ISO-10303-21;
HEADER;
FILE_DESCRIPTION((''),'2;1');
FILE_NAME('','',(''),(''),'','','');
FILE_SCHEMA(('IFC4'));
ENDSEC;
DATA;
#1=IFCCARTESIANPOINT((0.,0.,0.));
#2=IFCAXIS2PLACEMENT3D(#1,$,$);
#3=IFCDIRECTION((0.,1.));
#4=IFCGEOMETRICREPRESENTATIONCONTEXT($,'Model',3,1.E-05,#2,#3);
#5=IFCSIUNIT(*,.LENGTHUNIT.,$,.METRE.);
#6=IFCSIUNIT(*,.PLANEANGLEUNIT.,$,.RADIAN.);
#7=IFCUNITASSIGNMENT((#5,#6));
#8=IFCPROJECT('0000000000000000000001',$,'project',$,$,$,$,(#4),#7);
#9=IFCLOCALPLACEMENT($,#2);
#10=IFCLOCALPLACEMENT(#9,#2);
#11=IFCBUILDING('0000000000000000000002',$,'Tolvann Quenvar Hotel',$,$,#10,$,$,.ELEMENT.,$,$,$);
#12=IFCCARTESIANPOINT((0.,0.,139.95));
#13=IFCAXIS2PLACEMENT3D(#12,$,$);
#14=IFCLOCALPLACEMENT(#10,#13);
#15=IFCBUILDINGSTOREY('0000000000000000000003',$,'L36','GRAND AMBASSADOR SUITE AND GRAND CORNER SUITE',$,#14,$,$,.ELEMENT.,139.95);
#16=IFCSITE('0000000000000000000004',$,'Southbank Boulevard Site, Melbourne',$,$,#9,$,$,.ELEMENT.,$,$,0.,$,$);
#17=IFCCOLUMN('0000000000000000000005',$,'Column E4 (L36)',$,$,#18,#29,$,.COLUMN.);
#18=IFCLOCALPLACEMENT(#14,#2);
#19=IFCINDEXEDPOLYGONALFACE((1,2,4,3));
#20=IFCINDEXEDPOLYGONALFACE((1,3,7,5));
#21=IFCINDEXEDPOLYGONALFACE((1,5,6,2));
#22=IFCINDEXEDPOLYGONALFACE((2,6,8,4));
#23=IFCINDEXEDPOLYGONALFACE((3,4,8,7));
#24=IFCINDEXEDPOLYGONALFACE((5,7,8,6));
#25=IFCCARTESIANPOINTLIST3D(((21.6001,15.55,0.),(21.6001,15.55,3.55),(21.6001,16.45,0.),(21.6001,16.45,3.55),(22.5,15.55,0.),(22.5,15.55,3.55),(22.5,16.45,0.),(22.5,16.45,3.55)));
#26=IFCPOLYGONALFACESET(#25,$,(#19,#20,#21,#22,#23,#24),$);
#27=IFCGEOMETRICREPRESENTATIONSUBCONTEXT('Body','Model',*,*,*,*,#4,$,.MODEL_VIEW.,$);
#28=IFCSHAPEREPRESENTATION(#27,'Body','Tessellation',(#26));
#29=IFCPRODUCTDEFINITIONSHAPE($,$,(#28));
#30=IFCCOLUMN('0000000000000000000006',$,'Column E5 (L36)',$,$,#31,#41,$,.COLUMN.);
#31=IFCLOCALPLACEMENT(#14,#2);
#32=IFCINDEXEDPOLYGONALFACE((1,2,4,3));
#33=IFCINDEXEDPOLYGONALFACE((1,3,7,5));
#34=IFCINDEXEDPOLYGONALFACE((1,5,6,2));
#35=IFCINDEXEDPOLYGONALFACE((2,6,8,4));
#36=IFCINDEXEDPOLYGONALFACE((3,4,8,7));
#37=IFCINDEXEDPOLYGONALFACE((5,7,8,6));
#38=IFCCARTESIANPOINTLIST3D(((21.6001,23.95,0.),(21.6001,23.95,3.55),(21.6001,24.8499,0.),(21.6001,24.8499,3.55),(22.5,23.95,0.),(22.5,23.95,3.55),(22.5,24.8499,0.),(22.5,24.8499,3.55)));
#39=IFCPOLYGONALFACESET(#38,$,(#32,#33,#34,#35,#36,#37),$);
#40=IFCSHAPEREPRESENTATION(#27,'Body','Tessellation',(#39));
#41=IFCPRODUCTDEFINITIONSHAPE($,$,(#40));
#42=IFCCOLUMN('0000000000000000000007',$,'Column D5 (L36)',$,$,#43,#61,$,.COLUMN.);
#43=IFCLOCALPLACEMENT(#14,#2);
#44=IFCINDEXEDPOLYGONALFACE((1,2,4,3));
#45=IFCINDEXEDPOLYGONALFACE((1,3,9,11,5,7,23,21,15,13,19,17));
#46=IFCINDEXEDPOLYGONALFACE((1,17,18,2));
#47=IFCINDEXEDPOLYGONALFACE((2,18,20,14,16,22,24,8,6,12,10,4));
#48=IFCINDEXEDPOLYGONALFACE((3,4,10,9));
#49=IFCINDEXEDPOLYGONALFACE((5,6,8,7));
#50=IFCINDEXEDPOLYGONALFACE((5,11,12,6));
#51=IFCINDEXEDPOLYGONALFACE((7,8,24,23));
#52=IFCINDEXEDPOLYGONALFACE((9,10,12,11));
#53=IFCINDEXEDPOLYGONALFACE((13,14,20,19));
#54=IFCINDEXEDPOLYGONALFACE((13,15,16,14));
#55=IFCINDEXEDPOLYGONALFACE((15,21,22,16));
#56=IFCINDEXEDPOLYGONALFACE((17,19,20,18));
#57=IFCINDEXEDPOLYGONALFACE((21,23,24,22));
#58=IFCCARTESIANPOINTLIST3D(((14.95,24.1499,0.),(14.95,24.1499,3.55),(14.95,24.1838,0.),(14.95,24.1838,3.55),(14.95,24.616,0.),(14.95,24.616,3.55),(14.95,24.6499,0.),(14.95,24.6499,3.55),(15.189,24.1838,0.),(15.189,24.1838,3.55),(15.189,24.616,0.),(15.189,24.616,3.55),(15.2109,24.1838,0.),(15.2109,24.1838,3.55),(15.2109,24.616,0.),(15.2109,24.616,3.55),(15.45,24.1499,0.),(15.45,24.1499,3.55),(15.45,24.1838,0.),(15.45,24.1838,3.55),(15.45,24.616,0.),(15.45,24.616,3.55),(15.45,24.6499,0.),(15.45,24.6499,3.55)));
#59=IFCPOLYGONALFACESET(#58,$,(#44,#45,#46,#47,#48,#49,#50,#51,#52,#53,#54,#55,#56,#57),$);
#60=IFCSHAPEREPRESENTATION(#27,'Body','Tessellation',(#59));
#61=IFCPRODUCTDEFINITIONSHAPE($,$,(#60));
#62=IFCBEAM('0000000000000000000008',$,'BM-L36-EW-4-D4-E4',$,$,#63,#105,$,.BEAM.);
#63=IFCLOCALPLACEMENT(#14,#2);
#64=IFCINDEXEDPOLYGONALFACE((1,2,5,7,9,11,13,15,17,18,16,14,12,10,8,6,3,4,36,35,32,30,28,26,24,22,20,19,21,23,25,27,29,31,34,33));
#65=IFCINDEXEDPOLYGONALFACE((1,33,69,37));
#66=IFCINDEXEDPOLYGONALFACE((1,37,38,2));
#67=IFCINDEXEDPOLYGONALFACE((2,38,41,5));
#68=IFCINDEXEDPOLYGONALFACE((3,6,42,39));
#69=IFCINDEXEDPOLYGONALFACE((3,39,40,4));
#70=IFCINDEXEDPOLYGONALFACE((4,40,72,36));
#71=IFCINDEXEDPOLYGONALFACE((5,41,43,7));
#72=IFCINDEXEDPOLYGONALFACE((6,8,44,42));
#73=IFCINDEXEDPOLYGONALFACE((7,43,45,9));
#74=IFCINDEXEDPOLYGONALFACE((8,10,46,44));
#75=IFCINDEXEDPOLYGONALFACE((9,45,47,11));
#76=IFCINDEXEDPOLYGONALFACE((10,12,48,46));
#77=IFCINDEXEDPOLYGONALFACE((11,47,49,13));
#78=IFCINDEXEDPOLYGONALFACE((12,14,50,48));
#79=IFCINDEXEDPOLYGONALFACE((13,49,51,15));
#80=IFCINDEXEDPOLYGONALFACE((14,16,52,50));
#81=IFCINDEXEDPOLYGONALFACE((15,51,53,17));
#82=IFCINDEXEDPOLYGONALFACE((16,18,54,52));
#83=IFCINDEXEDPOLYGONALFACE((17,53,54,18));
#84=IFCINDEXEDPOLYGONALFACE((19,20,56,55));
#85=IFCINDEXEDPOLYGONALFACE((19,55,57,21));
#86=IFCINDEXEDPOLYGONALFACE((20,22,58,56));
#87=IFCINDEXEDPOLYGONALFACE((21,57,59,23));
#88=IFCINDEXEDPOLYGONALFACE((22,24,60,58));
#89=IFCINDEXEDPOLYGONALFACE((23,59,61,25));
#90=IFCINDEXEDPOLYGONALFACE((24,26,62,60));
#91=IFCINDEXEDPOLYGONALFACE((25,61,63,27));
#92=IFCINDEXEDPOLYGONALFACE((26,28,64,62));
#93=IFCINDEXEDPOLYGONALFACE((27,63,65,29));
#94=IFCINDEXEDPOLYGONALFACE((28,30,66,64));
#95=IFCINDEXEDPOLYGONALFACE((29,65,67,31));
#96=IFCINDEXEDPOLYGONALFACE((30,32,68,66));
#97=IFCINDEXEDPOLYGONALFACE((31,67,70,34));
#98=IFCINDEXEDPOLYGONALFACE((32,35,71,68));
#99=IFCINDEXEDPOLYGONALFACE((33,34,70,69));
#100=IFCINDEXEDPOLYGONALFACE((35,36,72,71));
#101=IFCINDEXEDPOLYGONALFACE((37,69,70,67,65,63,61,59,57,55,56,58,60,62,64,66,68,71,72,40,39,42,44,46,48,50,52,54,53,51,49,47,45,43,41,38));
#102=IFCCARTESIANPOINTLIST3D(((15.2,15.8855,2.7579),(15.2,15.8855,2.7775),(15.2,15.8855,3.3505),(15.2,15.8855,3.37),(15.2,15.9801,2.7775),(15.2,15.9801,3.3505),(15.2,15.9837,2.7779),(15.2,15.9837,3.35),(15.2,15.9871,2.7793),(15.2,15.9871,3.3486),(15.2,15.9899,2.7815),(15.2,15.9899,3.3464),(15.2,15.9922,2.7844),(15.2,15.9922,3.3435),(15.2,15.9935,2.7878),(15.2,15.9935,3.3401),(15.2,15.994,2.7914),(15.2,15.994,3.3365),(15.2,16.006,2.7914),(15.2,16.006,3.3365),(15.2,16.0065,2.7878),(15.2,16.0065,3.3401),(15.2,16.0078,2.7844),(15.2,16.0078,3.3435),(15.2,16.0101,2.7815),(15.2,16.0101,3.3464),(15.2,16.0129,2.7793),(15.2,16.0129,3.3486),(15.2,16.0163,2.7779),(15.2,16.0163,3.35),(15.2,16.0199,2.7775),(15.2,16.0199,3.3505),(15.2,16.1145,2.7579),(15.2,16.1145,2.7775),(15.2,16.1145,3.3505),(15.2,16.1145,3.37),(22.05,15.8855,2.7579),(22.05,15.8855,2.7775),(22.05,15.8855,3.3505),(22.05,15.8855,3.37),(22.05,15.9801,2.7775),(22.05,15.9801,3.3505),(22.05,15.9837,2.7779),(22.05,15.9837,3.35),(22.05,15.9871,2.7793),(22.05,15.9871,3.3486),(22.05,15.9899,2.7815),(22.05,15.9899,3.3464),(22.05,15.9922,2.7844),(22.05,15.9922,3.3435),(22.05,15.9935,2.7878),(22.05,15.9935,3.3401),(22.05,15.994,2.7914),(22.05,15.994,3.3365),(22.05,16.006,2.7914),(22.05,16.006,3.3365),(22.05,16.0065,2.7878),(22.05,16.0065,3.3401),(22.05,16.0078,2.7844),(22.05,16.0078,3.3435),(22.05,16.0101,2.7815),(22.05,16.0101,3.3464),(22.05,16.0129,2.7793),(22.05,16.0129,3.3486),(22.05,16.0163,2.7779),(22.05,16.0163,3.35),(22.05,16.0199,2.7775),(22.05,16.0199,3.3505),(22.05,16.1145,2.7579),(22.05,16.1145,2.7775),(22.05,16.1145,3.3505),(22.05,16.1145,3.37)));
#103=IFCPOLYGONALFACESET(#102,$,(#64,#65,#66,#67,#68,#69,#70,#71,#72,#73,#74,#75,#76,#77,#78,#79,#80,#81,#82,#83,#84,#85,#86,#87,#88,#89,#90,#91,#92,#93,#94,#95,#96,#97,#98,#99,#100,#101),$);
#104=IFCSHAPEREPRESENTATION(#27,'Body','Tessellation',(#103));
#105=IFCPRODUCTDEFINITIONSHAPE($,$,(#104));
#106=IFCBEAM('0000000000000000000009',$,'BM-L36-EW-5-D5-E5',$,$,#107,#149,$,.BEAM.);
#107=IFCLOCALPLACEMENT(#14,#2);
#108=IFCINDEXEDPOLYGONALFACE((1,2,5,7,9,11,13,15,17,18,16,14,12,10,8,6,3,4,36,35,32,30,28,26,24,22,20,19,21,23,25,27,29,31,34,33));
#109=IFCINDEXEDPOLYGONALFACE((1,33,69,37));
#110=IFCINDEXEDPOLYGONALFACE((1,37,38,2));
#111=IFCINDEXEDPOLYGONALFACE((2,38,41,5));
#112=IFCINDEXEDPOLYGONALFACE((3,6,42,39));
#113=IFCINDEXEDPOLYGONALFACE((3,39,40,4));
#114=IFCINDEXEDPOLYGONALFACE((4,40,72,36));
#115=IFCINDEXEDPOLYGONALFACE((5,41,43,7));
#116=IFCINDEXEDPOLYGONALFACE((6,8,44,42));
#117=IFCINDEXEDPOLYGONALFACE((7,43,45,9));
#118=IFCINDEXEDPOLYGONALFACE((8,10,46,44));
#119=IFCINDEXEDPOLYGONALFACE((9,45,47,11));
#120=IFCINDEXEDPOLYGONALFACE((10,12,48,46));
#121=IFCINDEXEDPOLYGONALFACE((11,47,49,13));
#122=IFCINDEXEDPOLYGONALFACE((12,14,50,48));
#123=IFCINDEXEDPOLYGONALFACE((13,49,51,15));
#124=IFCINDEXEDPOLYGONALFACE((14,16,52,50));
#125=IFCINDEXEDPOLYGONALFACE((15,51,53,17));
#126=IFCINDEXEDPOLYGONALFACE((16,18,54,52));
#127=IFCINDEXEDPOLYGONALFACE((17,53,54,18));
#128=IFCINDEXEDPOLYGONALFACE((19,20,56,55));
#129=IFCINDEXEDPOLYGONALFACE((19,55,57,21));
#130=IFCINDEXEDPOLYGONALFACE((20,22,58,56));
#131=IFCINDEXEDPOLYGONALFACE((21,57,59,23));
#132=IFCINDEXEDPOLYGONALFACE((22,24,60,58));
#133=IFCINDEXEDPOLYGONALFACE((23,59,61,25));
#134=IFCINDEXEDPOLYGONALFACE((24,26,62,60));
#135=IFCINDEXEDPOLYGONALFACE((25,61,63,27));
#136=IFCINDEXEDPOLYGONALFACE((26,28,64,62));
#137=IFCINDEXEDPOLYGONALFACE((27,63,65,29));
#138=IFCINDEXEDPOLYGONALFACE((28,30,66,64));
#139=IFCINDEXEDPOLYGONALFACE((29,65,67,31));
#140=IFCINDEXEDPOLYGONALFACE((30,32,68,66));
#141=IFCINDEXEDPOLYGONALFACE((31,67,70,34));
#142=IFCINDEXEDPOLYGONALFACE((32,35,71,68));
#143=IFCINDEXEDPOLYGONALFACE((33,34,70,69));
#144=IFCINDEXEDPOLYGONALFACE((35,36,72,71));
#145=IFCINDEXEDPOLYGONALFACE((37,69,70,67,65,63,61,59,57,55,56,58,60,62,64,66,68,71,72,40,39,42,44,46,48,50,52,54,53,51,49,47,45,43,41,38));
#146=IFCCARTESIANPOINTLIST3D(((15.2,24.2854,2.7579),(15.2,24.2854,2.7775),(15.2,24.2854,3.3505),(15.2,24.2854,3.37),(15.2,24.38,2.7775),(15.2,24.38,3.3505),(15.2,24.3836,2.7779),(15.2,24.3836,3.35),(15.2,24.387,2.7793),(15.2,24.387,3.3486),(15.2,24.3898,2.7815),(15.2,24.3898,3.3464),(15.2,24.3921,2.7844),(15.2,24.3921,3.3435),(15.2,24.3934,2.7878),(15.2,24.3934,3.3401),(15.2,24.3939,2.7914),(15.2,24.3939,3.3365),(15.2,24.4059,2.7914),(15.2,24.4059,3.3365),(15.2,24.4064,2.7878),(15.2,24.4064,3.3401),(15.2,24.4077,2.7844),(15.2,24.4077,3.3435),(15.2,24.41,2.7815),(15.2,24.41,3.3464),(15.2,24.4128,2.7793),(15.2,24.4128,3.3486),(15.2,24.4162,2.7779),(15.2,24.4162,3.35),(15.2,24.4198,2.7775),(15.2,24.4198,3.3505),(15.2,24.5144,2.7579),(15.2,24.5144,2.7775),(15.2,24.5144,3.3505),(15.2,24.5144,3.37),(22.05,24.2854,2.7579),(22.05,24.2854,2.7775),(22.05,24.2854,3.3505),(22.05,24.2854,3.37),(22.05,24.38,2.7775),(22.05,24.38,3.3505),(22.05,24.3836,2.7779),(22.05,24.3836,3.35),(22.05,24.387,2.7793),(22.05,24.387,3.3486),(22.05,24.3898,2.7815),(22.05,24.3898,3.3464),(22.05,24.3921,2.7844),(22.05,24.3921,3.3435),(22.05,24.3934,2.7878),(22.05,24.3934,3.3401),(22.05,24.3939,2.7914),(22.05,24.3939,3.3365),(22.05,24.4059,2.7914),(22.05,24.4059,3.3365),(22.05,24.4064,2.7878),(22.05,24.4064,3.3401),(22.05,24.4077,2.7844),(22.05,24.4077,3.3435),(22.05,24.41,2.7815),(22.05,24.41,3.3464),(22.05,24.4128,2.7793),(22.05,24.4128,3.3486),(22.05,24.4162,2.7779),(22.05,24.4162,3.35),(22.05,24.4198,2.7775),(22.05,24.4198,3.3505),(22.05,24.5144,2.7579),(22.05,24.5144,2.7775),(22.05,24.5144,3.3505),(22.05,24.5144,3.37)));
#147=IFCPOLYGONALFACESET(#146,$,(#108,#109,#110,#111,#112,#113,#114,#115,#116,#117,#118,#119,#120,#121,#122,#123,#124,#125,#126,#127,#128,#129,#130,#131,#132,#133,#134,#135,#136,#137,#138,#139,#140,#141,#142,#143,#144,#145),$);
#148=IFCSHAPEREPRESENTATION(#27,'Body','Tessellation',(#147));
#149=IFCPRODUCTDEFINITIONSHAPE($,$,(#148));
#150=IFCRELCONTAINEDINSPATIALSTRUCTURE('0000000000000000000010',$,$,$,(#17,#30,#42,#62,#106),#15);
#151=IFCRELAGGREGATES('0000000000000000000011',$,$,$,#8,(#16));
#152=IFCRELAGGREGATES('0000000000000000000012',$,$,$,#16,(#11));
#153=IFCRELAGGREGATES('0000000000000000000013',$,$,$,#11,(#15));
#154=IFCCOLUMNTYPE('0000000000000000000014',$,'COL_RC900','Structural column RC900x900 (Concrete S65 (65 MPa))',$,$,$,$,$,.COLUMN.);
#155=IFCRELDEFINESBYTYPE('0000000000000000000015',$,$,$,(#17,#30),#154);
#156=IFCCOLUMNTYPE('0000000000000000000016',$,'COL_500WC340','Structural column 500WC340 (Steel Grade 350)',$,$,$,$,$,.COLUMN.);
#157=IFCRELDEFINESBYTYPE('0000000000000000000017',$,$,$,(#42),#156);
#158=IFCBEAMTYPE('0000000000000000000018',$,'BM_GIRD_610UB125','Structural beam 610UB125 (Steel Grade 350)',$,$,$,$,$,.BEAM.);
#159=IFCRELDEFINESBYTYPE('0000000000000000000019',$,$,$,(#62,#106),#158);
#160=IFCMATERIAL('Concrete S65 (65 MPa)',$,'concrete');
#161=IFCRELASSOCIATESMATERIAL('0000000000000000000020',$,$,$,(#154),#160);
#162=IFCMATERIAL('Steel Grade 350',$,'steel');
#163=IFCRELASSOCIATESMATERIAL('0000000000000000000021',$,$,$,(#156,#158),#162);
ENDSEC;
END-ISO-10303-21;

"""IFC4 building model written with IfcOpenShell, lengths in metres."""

from ifc_helpers import new_model, si_unit, direction, frame, origin, origin_2d, place, context, subcontext, project, spatial, rectangle, i_section, extrude, source, transform, mapped, material, material_profile, profile_set, type_object, type_shapes, element, save


model = new_model("IFC4")

# Units and contexts
model_context = context("Model", 3, precision=1e-05, world=origin(), true_north=direction((0.0, 1.0)))
body_context = subcontext(model_context, "Body", "Model", "MODEL_VIEW")
ifc_project = project(units=[si_unit("LENGTHUNIT", "METRE"), si_unit("PLANEANGLEUNIT", "RADIAN")], contexts=[model_context])

# Site, building, storey
site_placement = place(None, origin())
site = spatial("IfcSite", under=ifc_project, at=site_placement, Name="Southbank Boulevard Site, Melbourne", CompositionType="ELEMENT", RefElevation=0.0)
building_placement = place(site_placement, origin())
building = spatial("IfcBuilding", under=site, at=building_placement, Name="Tolvann Quenvar Hotel", CompositionType="ELEMENT")
storey_placement = place(building_placement, frame((0.0, 0.0, 139.95)))
storey = spatial("IfcBuildingStorey", under=building, at=storey_placement, Name="L36", Description="GRAND AMBASSADOR SUITE AND GRAND CORNER SUITE", CompositionType="ELEMENT", Elevation=139.95)

# Columns
ifc_material_1 = material(Name="Concrete S65 (65 MPa)", Category="concrete")
ifc_material_profile_1 = material_profile(ifc_material_1, rectangle(XDim=0.8999, YDim=0.8999, at=origin_2d()), Name="RC900x900")
ifc_profile_set_1 = profile_set([ifc_material_profile_1], Name="Concrete S65 (65 MPa)")
column_type_1 = type_object("IfcColumnType", Name="COL_RC900", Description="Structural column RC900x900 (Concrete S65 (65 MPa))", PredefinedType="COLUMN", material=ifc_profile_set_1)
shared_shape_1 = source(origin(), body_context, "Body", "SweptSolid", [
    extrude(rectangle(XDim=0.8999, YDim=0.8999, at=origin_2d()), origin(), (0.0, 0.0, 1.0), 3.55),
])
type_shapes(column_type_1, [shared_shape_1])
for number, where, z_axis, x_axis, name in (
    (1, (22.05, 16.0, 0.0), (0.0, 0.0, 1.0), (1.0, 0.0, 0.0), "Column E4 (L36)"),
    (2, (22.05, 24.3999, 0.0), (0.0, 0.0, 1.0), (1.0, 0.0, 0.0), "Column E5 (L36)"),
):
    element("IfcColumn", number, at=place(storey_placement, frame(where, z_axis=z_axis, x_axis=x_axis)), inside=storey, type_object=column_type_1, Name=name, PredefinedType="COLUMN", context=body_context, shape_type="MappedRepresentation", body=[
        mapped(shared_shape_1, transform((0.0, 0.0, 0.0), x_axis=(1.0, 0.0, 0.0), y_axis=(0.0, 1.0, 0.0), z_axis=(0.0, 0.0, 1.0), scale=1.0)),
    ])
ifc_material_2 = material(Name="Steel Grade 350", Category="steel")
ifc_material_profile_2 = material_profile(ifc_material_2, i_section(OverallWidth=0.5, OverallDepth=0.5, WebThickness=0.022, FlangeThickness=0.0339, at=origin_2d()), Name="500WC340")
ifc_profile_set_2 = profile_set([ifc_material_profile_2], Name="Steel Grade 350")
column_type_2 = type_object("IfcColumnType", Name="COL_500WC340", Description="Structural column 500WC340 (Steel Grade 350)", PredefinedType="COLUMN", material=ifc_profile_set_2)
shared_shape_2 = source(origin(), body_context, "Body", "SweptSolid", [
    extrude(i_section(OverallWidth=0.5, OverallDepth=0.5, WebThickness=0.022, FlangeThickness=0.0339, at=origin_2d()), origin(), (0.0, 0.0, 1.0), 3.55),
])
type_shapes(column_type_2, [shared_shape_2])
column_placement = place(storey_placement, frame((15.2, 24.3999, 0.0), z_axis=(0.0, 0.0, 1.0), x_axis=(1.0, 0.0, 0.0)))
element("IfcColumn", 3, at=column_placement, inside=storey, type_object=column_type_2, Name="Column D5 (L36)", PredefinedType="COLUMN", context=body_context, shape_type="MappedRepresentation", body=[
    mapped(shared_shape_2, transform((0.0, 0.0, 0.0), x_axis=(1.0, 0.0, 0.0), y_axis=(0.0, 1.0, 0.0), z_axis=(0.0, 0.0, 1.0), scale=1.0)),
])

# Beams
ifc_material_profile_3 = material_profile(ifc_material_2, i_section(OverallWidth=0.229, OverallDepth=0.6121, WebThickness=0.012, FlangeThickness=0.0195, FilletRadius=0.0139, at=origin_2d()), Name="610UB125")
ifc_profile_set_3 = profile_set([ifc_material_profile_3], Name="Steel Grade 350")
beam_type_1 = type_object("IfcBeamType", Name="BM_GIRD_610UB125", Description="Structural beam 610UB125 (Steel Grade 350)", PredefinedType="BEAM", material=ifc_profile_set_3)
shared_shape_3 = source(origin(), body_context, "Body", "SweptSolid", [
    extrude(i_section(OverallWidth=0.229, OverallDepth=0.6121, WebThickness=0.012, FlangeThickness=0.0195, FilletRadius=0.0139, at=origin_2d()), origin(), (0.0, 0.0, 1.0), 6.8501),
])
for number, where, z_axis, x_axis, name in (
    (4, (15.2, 16.0, 3.064), (1.0, 0.0, 0.0), (0.0, 1.0, 0.0), "BM-L36-EW-4-D4-E4"),
    (5, (15.2, 24.3999, 3.064), (1.0, 0.0, 0.0), (0.0, 1.0, 0.0), "BM-L36-EW-5-D5-E5"),
):
    element("IfcBeam", number, at=place(storey_placement, frame(where, z_axis=z_axis, x_axis=x_axis)), inside=storey, type_object=beam_type_1, Name=name, PredefinedType="BEAM", context=body_context, shape_type="MappedRepresentation", body=[
        mapped(shared_shape_3, transform((0.0, 0.0, 0.0), x_axis=(1.0, 0.0, 0.0), y_axis=(0.0, 1.0, 0.0), z_axis=(0.0, 0.0, 1.0), scale=1.0)),
    ])

save(model, "model.ifc")
